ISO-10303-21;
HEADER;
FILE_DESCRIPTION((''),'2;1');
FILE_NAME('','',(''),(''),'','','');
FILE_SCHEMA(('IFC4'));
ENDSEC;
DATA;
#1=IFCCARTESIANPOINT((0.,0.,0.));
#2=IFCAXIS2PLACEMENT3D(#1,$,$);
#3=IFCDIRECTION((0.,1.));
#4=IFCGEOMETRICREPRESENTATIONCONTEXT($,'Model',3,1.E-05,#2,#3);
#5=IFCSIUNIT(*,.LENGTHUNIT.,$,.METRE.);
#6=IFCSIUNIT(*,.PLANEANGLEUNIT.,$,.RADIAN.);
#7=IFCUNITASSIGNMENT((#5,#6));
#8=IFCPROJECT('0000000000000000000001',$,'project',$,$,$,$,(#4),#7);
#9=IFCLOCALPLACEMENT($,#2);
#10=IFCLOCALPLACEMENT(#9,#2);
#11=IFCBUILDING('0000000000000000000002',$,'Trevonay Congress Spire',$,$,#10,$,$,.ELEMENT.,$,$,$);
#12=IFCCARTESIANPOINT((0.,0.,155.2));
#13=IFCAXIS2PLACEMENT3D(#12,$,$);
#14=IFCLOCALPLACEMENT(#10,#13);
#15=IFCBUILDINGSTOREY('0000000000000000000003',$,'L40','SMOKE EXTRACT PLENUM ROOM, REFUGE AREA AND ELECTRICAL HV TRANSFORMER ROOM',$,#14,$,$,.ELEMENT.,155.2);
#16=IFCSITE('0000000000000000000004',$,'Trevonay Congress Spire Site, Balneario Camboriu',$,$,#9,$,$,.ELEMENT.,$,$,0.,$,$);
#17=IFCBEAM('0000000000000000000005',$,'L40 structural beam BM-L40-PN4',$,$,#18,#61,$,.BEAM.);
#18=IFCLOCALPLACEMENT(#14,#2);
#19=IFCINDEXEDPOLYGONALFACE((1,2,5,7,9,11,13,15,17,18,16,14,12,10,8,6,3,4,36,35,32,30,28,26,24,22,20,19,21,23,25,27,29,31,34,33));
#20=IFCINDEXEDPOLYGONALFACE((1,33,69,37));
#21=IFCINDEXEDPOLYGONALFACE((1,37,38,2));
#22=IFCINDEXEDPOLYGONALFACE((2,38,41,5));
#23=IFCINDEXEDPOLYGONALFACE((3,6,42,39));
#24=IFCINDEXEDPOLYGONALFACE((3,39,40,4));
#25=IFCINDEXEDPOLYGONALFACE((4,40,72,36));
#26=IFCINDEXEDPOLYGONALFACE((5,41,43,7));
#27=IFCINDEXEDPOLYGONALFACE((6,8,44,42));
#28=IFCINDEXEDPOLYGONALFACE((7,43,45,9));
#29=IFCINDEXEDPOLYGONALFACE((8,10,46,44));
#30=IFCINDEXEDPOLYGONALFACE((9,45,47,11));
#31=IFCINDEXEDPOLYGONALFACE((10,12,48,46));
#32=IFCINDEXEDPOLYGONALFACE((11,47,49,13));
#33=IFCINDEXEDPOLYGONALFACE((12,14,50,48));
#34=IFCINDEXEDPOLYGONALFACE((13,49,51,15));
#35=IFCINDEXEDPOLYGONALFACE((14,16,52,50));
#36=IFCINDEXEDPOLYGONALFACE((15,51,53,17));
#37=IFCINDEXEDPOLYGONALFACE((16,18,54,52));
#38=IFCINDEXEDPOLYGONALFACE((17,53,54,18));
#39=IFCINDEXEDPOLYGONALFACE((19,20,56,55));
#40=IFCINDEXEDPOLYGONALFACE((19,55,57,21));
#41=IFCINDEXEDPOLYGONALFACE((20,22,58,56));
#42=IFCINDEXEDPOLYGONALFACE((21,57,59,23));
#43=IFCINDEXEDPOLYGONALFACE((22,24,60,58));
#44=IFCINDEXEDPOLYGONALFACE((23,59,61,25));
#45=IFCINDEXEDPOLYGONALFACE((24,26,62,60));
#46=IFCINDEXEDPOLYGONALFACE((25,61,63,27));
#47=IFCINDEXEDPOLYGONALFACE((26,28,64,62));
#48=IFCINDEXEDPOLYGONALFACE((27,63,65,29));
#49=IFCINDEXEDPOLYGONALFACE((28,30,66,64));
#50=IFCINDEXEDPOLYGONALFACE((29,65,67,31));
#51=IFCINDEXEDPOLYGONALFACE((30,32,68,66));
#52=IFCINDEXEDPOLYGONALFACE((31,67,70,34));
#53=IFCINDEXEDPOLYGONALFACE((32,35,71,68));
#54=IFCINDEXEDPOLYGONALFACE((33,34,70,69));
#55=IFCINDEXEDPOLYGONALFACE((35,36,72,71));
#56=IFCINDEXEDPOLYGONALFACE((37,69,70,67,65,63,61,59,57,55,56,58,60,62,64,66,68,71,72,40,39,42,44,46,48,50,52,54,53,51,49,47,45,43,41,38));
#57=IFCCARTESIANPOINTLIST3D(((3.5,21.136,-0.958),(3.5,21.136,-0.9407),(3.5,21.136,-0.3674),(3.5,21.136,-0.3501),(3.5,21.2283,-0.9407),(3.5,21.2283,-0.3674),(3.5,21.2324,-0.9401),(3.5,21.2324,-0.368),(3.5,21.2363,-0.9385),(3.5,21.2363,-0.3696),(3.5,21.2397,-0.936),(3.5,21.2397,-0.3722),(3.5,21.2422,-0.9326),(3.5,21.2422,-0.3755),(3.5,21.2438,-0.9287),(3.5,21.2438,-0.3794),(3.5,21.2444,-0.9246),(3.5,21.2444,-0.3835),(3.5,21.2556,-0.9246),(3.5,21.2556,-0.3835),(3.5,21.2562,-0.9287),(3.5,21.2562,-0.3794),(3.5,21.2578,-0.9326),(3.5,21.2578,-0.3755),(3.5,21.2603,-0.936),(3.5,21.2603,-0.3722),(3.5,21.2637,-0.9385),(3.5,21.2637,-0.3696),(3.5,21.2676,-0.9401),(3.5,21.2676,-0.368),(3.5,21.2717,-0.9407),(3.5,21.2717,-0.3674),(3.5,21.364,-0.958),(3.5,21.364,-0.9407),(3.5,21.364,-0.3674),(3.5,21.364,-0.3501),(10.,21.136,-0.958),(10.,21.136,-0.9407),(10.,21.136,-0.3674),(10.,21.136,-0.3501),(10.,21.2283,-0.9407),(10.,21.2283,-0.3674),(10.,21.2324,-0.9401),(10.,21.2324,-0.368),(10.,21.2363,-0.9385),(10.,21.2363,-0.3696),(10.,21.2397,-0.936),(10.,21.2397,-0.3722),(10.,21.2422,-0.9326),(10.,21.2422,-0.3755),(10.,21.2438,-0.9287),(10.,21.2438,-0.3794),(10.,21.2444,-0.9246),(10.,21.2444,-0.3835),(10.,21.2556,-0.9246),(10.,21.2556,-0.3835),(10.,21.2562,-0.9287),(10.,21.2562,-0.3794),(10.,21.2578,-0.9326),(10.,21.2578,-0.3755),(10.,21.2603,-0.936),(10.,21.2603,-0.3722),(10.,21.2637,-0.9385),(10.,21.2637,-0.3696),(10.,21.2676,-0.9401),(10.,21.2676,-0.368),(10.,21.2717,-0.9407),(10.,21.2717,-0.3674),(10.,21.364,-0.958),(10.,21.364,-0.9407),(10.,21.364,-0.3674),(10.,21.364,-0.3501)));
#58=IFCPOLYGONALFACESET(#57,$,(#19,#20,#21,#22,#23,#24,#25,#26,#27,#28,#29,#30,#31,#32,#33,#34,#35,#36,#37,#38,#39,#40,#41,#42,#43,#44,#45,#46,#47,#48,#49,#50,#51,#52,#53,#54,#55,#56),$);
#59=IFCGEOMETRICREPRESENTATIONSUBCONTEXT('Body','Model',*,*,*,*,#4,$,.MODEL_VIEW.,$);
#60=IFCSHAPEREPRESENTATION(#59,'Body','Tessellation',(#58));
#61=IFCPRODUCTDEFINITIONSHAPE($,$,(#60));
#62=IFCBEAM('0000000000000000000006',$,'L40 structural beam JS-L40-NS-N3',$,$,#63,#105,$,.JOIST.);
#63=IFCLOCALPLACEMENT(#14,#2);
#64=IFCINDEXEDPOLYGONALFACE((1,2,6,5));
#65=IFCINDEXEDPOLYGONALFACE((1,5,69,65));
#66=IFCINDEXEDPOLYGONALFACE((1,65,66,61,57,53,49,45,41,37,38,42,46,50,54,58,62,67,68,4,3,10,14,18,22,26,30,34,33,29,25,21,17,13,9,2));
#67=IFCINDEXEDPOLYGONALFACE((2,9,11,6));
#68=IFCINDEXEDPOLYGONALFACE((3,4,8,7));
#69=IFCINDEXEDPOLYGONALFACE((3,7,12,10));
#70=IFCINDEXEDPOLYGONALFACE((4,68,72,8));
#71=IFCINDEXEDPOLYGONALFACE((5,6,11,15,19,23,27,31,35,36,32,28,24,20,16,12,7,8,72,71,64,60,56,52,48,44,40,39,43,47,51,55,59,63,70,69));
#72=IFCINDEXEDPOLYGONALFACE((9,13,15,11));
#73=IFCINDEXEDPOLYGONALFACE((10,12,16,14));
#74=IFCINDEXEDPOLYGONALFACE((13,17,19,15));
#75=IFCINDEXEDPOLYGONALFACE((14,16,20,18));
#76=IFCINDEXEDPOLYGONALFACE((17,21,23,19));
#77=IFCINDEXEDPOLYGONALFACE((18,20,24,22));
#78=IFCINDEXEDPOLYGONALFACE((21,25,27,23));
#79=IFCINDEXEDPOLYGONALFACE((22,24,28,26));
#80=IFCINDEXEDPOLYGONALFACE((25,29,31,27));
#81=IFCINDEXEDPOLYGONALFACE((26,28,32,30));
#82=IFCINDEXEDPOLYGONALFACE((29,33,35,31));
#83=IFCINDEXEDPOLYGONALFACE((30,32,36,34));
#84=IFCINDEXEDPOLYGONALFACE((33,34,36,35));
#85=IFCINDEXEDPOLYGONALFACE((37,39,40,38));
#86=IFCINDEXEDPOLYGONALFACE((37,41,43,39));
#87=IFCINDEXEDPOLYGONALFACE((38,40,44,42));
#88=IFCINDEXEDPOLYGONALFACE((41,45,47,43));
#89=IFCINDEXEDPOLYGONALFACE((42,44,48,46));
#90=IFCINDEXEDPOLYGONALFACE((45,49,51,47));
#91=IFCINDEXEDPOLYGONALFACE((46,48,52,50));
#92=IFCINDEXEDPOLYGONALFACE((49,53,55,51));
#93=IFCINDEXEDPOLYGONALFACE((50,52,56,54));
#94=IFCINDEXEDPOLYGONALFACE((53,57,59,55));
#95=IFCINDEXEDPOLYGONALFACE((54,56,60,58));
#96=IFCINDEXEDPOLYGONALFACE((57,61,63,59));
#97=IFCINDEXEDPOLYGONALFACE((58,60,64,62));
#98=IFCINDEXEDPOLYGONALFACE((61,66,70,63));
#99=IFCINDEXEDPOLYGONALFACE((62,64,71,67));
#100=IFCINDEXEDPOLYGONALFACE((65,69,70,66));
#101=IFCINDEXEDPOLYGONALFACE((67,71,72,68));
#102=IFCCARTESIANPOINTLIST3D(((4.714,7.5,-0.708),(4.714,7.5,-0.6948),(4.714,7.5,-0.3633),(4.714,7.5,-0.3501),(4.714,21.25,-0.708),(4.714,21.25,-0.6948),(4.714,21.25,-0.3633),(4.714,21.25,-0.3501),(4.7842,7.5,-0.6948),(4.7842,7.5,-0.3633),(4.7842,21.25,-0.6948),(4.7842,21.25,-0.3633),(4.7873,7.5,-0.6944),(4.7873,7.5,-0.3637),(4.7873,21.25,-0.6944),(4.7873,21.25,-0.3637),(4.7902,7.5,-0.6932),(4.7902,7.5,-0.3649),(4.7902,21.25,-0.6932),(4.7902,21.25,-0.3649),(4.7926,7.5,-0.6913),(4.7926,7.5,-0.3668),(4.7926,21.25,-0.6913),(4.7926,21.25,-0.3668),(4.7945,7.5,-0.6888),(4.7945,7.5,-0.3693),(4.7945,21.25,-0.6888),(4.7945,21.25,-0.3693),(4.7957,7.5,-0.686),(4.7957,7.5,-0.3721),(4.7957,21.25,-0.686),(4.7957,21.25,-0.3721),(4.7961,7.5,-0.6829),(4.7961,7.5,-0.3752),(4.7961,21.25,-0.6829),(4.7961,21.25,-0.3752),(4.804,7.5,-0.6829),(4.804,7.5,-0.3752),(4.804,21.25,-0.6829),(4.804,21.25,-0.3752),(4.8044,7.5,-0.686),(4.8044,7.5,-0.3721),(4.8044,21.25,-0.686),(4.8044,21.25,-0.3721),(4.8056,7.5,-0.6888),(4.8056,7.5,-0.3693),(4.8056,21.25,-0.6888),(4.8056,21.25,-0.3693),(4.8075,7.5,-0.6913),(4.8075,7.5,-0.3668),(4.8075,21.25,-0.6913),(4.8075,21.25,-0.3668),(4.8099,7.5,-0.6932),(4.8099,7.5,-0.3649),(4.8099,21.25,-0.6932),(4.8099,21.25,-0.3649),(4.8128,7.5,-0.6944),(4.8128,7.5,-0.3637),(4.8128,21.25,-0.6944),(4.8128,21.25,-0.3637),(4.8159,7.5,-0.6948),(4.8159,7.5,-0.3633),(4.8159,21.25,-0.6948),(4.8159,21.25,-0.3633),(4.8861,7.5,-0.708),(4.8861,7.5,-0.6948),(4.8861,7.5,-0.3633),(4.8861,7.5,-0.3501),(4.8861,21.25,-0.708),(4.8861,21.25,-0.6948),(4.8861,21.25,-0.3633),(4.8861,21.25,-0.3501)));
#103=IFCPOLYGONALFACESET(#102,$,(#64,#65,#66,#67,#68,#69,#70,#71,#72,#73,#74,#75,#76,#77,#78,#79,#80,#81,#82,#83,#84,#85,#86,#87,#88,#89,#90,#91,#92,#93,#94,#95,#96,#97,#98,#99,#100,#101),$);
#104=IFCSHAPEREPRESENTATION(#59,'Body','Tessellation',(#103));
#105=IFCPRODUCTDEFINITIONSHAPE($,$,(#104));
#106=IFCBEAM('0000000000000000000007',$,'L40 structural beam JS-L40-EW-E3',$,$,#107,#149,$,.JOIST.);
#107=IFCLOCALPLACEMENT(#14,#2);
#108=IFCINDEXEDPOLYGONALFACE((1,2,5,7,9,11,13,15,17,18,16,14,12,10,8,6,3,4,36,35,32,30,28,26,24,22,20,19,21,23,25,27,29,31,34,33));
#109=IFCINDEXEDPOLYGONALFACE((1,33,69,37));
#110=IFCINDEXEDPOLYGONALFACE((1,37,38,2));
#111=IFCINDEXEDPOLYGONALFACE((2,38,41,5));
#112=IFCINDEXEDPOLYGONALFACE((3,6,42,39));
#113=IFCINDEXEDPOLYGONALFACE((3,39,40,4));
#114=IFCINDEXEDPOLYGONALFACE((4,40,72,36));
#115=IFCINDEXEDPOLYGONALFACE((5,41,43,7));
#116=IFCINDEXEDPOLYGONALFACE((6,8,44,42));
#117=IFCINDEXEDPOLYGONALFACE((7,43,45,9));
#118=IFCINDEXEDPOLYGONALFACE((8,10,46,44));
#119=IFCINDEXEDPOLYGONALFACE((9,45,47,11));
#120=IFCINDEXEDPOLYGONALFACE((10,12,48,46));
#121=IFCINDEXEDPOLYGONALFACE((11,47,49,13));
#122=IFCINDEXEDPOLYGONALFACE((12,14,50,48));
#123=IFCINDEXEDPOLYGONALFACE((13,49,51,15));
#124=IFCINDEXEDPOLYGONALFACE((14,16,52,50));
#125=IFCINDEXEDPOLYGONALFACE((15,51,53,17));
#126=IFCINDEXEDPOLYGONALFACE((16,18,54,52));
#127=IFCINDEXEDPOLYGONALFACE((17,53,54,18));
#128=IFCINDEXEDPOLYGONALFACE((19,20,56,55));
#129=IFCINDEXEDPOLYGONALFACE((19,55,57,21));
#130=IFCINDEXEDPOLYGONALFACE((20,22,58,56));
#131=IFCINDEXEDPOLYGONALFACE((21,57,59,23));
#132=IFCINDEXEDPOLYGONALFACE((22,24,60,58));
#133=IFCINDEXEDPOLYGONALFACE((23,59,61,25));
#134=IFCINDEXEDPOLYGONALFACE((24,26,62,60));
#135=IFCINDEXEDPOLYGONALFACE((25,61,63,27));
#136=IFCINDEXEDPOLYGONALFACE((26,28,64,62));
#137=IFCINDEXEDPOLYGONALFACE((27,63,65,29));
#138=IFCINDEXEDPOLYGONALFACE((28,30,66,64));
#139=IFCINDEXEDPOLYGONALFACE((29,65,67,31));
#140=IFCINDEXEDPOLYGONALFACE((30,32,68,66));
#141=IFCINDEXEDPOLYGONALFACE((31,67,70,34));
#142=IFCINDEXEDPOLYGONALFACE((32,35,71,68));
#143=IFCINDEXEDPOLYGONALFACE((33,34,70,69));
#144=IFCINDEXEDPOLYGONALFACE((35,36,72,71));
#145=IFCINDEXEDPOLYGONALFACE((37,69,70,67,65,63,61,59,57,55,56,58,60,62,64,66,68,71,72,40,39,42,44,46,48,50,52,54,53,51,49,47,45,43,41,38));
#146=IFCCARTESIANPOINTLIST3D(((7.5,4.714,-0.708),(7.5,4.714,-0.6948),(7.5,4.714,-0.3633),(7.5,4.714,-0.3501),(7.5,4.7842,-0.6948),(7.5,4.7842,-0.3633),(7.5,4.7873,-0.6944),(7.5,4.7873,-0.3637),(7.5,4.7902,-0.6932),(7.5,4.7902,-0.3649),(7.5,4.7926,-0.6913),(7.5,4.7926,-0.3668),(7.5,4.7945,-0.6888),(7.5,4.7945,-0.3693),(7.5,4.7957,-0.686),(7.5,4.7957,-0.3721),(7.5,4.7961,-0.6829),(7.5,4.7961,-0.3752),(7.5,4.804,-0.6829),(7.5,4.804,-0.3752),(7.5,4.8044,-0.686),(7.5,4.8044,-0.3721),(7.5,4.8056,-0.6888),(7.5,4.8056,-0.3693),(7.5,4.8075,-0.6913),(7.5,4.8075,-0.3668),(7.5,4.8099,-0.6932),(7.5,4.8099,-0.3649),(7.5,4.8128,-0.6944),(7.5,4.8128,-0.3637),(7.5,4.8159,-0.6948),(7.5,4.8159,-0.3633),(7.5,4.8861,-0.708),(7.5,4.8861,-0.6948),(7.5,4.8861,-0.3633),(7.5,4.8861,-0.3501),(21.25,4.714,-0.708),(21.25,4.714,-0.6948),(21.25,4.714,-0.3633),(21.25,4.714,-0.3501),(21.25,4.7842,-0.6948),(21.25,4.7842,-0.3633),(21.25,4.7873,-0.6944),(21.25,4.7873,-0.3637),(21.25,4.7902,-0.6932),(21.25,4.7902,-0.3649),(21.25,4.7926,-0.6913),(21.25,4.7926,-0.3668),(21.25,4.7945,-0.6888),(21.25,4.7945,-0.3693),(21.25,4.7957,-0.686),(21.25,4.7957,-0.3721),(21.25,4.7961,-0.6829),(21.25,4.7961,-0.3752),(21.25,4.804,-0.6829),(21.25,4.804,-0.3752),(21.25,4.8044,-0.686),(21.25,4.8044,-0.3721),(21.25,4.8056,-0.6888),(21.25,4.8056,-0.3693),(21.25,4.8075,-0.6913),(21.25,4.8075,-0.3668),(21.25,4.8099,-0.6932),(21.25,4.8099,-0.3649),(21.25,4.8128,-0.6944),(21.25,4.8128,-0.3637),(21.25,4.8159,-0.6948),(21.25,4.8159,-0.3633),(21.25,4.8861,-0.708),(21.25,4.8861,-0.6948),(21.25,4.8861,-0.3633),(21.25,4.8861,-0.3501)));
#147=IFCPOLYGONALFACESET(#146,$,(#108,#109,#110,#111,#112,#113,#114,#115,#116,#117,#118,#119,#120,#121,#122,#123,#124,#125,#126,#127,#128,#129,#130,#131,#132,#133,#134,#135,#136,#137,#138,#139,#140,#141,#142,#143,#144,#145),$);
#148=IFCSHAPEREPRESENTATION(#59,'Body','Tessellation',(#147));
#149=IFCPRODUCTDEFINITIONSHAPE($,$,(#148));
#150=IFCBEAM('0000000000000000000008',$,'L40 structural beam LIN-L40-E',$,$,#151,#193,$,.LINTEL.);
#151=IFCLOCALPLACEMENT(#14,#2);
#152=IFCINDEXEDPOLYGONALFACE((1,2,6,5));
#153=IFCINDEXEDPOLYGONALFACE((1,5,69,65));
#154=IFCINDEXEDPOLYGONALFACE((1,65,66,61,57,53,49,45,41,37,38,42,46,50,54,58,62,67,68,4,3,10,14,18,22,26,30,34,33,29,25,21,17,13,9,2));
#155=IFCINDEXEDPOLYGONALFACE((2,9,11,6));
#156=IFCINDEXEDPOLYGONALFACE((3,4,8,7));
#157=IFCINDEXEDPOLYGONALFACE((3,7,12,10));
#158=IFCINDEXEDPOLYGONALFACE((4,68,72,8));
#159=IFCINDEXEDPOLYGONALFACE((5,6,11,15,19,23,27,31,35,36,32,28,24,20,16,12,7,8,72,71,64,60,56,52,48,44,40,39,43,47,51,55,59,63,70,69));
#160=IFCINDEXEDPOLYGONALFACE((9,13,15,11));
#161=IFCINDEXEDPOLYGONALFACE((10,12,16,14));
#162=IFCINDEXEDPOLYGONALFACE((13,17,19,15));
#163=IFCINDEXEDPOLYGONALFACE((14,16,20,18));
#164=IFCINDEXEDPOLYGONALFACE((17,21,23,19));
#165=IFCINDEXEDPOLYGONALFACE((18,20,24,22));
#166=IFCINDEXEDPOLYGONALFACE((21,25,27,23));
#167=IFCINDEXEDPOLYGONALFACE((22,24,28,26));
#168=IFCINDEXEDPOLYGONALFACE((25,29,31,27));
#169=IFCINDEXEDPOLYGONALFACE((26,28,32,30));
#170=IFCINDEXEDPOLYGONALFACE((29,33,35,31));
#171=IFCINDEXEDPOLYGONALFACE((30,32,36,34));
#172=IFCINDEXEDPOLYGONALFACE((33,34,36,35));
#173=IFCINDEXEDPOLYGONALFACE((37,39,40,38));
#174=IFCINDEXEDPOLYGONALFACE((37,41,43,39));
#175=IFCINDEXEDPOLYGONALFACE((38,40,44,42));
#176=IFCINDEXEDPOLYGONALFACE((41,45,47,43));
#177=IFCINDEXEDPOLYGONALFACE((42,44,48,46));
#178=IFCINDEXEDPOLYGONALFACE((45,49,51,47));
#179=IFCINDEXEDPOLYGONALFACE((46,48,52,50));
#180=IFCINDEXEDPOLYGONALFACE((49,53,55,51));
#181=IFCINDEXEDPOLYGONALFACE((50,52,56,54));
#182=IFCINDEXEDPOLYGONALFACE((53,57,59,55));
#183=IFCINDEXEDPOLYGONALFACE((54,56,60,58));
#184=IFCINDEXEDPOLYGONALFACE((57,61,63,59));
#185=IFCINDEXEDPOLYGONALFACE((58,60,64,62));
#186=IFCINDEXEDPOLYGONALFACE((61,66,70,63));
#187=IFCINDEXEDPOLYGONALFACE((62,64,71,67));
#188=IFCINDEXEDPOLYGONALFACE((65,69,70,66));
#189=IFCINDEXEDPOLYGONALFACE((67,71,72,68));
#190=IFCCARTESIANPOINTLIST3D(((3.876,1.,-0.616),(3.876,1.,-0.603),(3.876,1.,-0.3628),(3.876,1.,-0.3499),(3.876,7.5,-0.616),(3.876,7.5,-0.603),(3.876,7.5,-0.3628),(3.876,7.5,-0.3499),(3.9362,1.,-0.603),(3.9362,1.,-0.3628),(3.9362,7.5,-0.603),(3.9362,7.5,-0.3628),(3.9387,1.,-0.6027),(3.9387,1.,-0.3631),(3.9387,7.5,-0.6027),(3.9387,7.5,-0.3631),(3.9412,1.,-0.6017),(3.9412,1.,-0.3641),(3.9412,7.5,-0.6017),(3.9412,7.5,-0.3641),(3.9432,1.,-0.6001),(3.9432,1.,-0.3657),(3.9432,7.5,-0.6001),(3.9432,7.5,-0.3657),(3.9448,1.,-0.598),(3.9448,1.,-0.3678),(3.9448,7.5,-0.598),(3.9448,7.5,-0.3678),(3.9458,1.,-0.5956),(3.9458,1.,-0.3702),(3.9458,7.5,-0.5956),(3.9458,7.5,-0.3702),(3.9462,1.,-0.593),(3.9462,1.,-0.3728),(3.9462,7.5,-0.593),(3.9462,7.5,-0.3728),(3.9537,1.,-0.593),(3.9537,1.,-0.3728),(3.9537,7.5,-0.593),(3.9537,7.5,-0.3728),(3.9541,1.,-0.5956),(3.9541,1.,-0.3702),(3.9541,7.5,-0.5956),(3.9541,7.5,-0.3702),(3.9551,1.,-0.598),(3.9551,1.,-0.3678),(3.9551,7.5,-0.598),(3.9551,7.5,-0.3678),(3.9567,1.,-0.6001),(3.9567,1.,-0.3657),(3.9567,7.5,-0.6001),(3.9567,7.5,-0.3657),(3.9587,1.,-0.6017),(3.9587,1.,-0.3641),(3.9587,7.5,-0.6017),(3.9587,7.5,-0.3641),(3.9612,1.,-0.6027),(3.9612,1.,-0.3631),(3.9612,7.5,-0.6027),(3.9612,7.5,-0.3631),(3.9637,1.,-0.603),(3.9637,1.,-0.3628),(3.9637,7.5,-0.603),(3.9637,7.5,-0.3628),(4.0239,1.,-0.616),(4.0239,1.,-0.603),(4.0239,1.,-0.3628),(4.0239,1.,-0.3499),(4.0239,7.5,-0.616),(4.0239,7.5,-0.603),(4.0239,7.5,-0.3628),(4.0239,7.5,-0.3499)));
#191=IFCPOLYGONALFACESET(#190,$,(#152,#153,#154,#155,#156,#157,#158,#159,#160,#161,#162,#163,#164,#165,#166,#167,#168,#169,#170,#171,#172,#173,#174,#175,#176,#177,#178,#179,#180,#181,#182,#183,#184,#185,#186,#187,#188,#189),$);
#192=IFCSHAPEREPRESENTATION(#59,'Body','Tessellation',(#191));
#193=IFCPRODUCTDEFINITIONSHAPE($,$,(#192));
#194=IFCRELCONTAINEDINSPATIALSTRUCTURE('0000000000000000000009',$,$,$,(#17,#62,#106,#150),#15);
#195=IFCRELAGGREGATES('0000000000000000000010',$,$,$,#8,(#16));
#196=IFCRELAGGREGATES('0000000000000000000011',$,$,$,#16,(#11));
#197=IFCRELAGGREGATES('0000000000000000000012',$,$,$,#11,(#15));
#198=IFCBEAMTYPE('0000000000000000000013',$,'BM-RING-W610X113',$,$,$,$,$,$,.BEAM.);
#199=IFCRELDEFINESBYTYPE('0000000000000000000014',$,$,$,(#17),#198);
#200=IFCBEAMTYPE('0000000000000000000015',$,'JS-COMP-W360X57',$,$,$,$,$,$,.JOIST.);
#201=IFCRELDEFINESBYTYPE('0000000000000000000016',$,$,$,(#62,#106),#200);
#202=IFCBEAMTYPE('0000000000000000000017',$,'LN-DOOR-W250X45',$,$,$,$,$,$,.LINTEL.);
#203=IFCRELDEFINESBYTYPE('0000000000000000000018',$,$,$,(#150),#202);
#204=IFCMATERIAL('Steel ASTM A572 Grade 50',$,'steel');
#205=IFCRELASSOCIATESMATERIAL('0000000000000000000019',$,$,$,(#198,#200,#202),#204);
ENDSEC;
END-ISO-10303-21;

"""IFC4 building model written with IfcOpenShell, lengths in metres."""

from ifc_helpers import new_model, si_unit, direction, frame, origin, origin_2d, place, context, subcontext, project, spatial, i_section, extrude, material, material_profile, profile_set, type_object, element, save


model = new_model("IFC4")

# Units and contexts
model_context = context("Model", 3, precision=1e-05, world=origin(), true_north=direction((0.0, 1.0)))
body_context = subcontext(model_context, "Body", "Model", "MODEL_VIEW")
ifc_project = project(units=[si_unit("LENGTHUNIT", "METRE"), si_unit("PLANEANGLEUNIT", "RADIAN")], contexts=[model_context])

# Site, building, storey
site_placement = place(None, origin())
site = spatial("IfcSite", under=ifc_project, at=site_placement, Name="Trevonay Congress Spire Site, Balneario Camboriu", CompositionType="ELEMENT", RefElevation=0.0)
building_placement = place(site_placement, origin())
building = spatial("IfcBuilding", under=site, at=building_placement, Name="Trevonay Congress Spire", CompositionType="ELEMENT")
storey_placement = place(building_placement, frame((0.0, 0.0, 155.2)))
storey = spatial("IfcBuildingStorey", under=building, at=storey_placement, Name="L40", Description="SMOKE EXTRACT PLENUM ROOM, REFUGE AREA AND ELECTRICAL HV TRANSFORMER ROOM", CompositionType="ELEMENT", Elevation=155.2)

# Shared definitions
ifc_material_1 = material(Name="Steel ASTM A572 Grade 50", Category="steel")

# Beams
ifc_material_profile_1 = material_profile(ifc_material_1, i_section(OverallWidth=0.228, OverallDepth=0.6079, WebThickness=0.0112, FlangeThickness=0.0173, FilletRadius=0.0161, at=origin_2d()), Name="W610x113")
ifc_profile_set_1 = profile_set([ifc_material_profile_1], Name="Steel ASTM A572 Grade 50")
beam_type_1 = type_object("IfcBeamType", Name="BM-RING-W610X113", PredefinedType="BEAM", material=ifc_profile_set_1)
beam_1_placement = place(storey_placement, frame((3.5, 21.25, -0.6541), z_axis=(1.0, 0.0, 0.0), x_axis=(0.0, 1.0, 0.0)))
element("IfcBeam", 1, at=beam_1_placement, inside=storey, type_object=beam_type_1, Name="L40 structural beam BM-L40-PN4", PredefinedType="BEAM", context=body_context, shape_type="SweptSolid", body=[
    extrude(i_section(OverallWidth=0.228, OverallDepth=0.6079, WebThickness=0.0112, FlangeThickness=0.0173, FilletRadius=0.0161, at=origin_2d()), origin(), (0.0, 0.0, 1.0), 6.5),
])
ifc_material_profile_2 = material_profile(ifc_material_1, i_section(OverallWidth=0.1721, OverallDepth=0.3579, WebThickness=0.0078, FlangeThickness=0.0132, FilletRadius=0.012, at=origin_2d()), Name="W360x57.8")
ifc_profile_set_2 = profile_set([ifc_material_profile_2], Name="Steel ASTM A572 Grade 50")
beam_type_2 = type_object("IfcBeamType", Name="JS-COMP-W360X57", PredefinedType="JOIST", material=ifc_profile_set_2)
for number, where, z_axis, x_axis, name in (
    (2, (4.8, 7.5, -0.5291), (0.0, 1.0, 0.0), (-1.0, 0.0, 0.0), "L40 structural beam JS-L40-NS-N3"),
    (3, (7.5, 4.8, -0.5291), (1.0, 0.0, 0.0), (0.0, 1.0, 0.0), "L40 structural beam JS-L40-EW-E3"),
):
    element("IfcBeam", number, at=place(storey_placement, frame(where, z_axis=z_axis, x_axis=x_axis)), inside=storey, type_object=beam_type_2, Name=name, PredefinedType="JOIST", context=body_context, shape_type="SweptSolid", body=[
        extrude(i_section(OverallWidth=0.1721, OverallDepth=0.3579, WebThickness=0.0078, FlangeThickness=0.0132, FilletRadius=0.012, at=origin_2d()), origin(), (0.0, 0.0, 1.0), 13.75),
    ])
ifc_material_profile_3 = material_profile(ifc_material_1, i_section(OverallWidth=0.1479, OverallDepth=0.2661, WebThickness=0.0076, FlangeThickness=0.0129, FilletRadius=0.01, at=origin_2d()), Name="W250x44.8")
ifc_profile_set_3 = profile_set([ifc_material_profile_3], Name="Steel ASTM A572 Grade 50")
beam_type_3 = type_object("IfcBeamType", Name="LN-DOOR-W250X45", PredefinedType="LINTEL", material=ifc_profile_set_3)
beam_2_placement = place(storey_placement, frame((3.95, 1.0, -0.4829), z_axis=(0.0, 1.0, 0.0), x_axis=(-1.0, 0.0, 0.0)))
element("IfcBeam", 4, at=beam_2_placement, inside=storey, type_object=beam_type_3, Name="L40 structural beam LIN-L40-E", PredefinedType="LINTEL", context=body_context, shape_type="SweptSolid", body=[
    extrude(i_section(OverallWidth=0.1479, OverallDepth=0.2661, WebThickness=0.0076, FlangeThickness=0.0129, FilletRadius=0.01, at=origin_2d()), origin(), (0.0, 0.0, 1.0), 6.5),
])

save(model, "model.ifc")
